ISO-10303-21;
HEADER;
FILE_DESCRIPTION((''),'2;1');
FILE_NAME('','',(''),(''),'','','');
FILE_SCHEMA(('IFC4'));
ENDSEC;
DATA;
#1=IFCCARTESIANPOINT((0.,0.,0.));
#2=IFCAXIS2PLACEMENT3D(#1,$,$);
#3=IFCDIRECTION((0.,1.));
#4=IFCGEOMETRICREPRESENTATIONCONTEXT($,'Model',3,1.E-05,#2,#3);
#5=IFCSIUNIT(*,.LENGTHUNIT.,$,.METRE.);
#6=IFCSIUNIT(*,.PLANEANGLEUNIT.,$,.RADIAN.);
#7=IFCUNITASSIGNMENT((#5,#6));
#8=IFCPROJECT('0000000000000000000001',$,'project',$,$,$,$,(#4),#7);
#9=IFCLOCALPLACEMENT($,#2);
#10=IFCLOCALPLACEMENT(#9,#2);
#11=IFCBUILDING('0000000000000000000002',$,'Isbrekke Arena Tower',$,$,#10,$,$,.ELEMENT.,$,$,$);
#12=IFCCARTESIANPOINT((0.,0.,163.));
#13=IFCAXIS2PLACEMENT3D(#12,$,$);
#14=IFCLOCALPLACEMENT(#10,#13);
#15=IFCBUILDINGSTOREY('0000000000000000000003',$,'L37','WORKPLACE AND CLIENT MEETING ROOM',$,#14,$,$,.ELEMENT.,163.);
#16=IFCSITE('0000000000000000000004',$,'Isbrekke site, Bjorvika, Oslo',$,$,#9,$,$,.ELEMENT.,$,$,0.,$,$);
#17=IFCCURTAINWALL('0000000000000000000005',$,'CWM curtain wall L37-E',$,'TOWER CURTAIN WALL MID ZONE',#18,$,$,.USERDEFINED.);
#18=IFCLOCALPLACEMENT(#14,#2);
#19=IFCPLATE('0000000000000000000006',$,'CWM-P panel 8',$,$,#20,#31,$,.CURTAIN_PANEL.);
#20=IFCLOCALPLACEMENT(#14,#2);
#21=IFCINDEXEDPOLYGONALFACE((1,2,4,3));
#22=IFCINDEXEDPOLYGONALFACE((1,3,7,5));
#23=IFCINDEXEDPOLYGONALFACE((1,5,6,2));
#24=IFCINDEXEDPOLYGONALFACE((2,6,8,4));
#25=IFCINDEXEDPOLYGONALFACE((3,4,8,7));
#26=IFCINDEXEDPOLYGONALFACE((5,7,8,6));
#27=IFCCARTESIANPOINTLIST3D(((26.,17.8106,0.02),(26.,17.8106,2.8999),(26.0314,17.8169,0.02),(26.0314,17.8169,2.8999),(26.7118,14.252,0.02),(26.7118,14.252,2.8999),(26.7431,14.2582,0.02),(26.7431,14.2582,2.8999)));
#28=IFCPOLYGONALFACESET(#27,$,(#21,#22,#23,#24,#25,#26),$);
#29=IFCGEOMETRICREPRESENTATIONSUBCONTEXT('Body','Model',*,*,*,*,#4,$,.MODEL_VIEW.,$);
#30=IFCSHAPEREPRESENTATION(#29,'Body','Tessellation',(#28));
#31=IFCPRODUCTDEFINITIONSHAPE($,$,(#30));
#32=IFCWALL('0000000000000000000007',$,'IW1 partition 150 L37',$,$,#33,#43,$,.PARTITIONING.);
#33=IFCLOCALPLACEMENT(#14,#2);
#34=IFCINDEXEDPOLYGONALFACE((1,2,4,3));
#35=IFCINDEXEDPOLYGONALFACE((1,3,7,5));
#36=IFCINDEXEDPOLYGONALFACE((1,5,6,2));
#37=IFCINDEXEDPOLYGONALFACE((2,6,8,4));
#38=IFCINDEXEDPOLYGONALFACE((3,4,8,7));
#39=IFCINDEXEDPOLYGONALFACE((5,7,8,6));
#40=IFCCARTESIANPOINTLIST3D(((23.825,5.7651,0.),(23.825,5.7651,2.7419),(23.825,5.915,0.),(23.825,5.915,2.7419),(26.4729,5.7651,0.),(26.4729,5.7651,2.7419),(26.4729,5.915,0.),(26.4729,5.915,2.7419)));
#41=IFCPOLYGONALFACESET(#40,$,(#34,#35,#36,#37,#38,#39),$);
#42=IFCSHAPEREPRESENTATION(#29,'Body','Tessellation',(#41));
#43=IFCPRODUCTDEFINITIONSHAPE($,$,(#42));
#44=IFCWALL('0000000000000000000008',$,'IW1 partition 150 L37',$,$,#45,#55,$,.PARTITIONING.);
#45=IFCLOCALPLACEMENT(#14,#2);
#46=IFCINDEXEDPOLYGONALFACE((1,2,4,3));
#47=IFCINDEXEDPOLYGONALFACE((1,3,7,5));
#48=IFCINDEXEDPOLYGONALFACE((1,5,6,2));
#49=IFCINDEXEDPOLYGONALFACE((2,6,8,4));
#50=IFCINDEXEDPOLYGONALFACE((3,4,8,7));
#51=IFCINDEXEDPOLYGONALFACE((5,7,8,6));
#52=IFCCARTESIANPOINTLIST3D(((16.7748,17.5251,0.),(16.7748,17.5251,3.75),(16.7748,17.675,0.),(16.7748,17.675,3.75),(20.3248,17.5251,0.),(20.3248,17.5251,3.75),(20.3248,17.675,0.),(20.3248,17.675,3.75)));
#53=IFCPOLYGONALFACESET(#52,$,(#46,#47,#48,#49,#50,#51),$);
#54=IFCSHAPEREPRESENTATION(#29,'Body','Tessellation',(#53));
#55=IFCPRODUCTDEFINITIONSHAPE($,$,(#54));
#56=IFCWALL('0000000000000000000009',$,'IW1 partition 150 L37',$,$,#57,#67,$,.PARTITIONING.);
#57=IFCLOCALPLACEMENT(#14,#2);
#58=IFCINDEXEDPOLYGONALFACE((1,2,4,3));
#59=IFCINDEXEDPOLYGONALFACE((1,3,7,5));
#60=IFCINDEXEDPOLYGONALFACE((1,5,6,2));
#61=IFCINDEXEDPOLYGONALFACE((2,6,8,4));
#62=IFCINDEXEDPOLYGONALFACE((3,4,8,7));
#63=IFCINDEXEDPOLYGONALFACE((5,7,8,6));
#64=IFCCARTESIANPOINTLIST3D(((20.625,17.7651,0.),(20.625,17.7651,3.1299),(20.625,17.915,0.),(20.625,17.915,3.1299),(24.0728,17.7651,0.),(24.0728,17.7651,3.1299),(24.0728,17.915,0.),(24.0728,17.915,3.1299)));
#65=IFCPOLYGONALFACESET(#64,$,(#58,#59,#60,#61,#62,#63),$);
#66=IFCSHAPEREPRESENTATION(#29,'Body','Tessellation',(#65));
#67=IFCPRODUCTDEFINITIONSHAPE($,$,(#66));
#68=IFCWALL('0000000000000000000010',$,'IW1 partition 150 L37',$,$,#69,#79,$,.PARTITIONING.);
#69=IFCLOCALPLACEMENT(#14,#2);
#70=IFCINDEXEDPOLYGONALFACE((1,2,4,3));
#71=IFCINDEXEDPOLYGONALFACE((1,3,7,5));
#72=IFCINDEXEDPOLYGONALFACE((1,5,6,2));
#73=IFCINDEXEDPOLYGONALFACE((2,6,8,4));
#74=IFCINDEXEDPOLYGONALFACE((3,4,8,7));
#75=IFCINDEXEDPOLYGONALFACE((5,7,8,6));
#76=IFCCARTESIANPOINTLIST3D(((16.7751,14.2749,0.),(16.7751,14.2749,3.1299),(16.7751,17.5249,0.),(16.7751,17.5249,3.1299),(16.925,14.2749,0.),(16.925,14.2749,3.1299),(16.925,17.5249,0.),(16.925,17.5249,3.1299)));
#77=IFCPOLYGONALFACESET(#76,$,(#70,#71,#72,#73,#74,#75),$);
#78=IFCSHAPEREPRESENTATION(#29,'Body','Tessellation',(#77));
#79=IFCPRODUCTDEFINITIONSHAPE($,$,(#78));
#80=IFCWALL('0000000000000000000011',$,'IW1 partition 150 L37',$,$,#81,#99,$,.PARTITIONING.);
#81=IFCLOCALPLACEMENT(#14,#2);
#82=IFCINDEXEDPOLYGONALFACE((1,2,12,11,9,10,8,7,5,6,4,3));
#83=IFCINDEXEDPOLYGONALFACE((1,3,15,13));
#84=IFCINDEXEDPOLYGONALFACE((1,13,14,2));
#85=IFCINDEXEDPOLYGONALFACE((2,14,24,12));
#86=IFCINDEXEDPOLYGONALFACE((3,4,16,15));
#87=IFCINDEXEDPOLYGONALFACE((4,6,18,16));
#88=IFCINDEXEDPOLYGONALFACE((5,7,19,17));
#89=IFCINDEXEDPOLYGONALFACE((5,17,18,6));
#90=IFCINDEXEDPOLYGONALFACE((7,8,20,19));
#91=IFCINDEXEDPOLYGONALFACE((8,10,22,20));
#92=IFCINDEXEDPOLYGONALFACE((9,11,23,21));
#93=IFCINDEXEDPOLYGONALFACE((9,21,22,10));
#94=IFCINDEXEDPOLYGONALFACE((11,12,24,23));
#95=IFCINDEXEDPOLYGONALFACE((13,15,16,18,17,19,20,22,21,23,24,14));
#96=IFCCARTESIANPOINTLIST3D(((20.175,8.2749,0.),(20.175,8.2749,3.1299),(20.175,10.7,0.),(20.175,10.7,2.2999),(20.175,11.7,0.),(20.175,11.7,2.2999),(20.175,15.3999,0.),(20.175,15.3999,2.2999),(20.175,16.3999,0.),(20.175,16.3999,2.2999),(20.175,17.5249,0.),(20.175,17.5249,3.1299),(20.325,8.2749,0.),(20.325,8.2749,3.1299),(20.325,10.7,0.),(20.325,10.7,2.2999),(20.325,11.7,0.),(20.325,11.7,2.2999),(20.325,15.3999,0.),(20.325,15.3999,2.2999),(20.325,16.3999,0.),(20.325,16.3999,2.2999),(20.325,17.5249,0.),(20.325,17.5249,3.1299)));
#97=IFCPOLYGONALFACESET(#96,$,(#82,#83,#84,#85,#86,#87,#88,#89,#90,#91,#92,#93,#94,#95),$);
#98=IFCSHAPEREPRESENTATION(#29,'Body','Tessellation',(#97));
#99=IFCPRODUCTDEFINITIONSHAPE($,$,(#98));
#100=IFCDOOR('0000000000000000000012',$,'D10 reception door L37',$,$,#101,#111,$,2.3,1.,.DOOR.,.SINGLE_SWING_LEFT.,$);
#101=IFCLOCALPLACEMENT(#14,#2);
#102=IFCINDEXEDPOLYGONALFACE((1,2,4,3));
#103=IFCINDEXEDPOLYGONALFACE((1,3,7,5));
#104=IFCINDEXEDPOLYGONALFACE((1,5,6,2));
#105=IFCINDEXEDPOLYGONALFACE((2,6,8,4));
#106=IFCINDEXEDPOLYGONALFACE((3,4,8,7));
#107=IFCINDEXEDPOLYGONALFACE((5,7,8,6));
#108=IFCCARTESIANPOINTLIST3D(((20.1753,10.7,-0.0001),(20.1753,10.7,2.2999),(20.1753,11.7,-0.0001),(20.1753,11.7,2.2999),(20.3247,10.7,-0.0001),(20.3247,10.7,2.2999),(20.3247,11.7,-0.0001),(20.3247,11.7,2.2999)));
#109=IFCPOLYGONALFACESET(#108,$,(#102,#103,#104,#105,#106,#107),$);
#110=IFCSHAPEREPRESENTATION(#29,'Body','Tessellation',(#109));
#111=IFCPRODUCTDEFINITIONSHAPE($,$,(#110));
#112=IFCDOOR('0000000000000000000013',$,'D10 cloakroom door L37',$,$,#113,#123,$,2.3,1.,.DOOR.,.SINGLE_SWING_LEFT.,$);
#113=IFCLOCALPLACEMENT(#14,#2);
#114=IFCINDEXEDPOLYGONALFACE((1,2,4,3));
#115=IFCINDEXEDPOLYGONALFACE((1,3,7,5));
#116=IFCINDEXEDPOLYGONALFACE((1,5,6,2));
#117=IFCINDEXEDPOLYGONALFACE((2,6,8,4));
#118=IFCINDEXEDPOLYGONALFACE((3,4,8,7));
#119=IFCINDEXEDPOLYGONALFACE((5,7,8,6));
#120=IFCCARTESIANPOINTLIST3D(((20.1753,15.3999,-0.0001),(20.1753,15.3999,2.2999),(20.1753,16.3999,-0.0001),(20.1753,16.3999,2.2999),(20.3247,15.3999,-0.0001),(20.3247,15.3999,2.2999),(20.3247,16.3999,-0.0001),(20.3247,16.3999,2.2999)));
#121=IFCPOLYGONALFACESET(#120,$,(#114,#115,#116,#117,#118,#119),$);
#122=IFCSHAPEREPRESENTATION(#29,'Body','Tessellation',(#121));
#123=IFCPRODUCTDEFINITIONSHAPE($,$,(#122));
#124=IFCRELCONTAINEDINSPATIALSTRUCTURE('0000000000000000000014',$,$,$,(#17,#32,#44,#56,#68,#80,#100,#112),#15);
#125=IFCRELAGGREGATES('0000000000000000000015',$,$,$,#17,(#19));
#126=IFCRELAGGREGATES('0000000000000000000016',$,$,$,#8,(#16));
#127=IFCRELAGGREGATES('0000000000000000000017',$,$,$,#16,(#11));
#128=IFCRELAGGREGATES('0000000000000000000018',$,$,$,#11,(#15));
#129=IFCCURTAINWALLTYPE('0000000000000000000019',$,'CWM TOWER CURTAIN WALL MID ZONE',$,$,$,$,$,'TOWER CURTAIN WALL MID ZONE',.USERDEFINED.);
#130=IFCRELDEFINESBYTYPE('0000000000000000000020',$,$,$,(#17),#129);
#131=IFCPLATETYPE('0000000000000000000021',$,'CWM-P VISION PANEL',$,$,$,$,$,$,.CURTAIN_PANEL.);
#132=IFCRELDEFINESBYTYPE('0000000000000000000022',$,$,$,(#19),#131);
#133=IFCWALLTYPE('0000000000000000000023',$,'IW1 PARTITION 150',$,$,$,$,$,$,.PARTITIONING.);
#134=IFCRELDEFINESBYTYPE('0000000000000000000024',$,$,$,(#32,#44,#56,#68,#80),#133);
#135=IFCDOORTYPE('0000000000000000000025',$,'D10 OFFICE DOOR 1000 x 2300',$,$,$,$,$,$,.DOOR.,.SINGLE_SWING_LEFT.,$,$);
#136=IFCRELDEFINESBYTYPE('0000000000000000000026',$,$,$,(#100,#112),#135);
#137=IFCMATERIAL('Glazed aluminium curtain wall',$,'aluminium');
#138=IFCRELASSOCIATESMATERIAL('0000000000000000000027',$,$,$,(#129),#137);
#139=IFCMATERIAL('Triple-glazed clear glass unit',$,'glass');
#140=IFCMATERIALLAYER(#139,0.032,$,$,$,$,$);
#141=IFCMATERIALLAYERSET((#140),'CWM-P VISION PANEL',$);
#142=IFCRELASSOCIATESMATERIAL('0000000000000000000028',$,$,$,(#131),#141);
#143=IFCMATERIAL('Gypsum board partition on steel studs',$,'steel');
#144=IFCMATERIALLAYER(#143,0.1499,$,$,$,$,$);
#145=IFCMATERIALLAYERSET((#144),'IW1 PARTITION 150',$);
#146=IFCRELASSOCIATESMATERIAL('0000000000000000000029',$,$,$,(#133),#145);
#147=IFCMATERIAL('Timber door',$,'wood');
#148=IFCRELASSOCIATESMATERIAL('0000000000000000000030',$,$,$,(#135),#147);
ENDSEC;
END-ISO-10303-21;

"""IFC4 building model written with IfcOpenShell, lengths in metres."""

from ifc_helpers import new_model, si_unit, direction, frame, frame_2d, origin, origin_2d, place, context, subcontext, project, spatial, rectangle, extrude, material, layer, layer_set, type_object, element, fill, aggregate, save


model = new_model("IFC4")

# Units and contexts
model_context = context("Model", 3, precision=1e-05, world=origin(), true_north=direction((0.0, 1.0)))
body_context = subcontext(model_context, "Body", "Model", "MODEL_VIEW")
ifc_project = project(units=[si_unit("LENGTHUNIT", "METRE"), si_unit("PLANEANGLEUNIT", "RADIAN")], contexts=[model_context])

# Site, building, storey
site_placement = place(None, origin())
site = spatial("IfcSite", under=ifc_project, at=site_placement, Name="Isbrekke site, Bjorvika, Oslo", CompositionType="ELEMENT", RefElevation=0.0)
building_placement = place(site_placement, origin())
building = spatial("IfcBuilding", under=site, at=building_placement, Name="Isbrekke Arena Tower", CompositionType="ELEMENT")
storey_placement = place(building_placement, frame((0.0, 0.0, 163.0)))
storey = spatial("IfcBuildingStorey", under=building, at=storey_placement, Name="L37", Description="WORKPLACE AND CLIENT MEETING ROOM", CompositionType="ELEMENT", Elevation=163.0)

# Curtain wall
ifc_material_1 = material(Name="Glazed aluminium curtain wall", Category="aluminium")
curtain_wall_type = type_object("IfcCurtainWallType", Name="CWM TOWER CURTAIN WALL MID ZONE", ElementType="TOWER CURTAIN WALL MID ZONE", PredefinedType="USERDEFINED", material=ifc_material_1)
curtain_wall_placement = place(storey_placement, origin())
curtain_wall = element("IfcCurtainWall", 1, at=curtain_wall_placement, inside=storey, type_object=curtain_wall_type, Name="CWM curtain wall L37-E", ObjectType="TOWER CURTAIN WALL MID ZONE", PredefinedType="USERDEFINED")

# Plate
ifc_material_2 = material(Name="Triple-glazed clear glass unit", Category="glass")
ifc_layer_1 = layer(ifc_material_2, 0.032)
ifc_layer_set_1 = layer_set([ifc_layer_1], Name="CWM-P VISION PANEL")
plate_type = type_object("IfcPlateType", Name="CWM-P VISION PANEL", PredefinedType="CURTAIN_PANEL", material=ifc_layer_set_1)
plate_1_placement = place(storey_placement, frame((26.3716, 16.0344, 0.02), z_axis=(0.0, 0.0, 1.0), x_axis=(-0.196116, 0.980581, 0.0)))
plate_1 = element("IfcPlate", 2, at=plate_1_placement, type_object=plate_type, Name="CWM-P panel 8", PredefinedType="CURTAIN_PANEL", context=body_context, shape_type="SweptSolid", body=[
    extrude(rectangle(XDim=3.6292, YDim=0.032, at=origin_2d()), origin(), (0.0, 0.0, 1.0), 2.8799),
])
aggregate(curtain_wall, [plate_1])

# Walls
ifc_material_3 = material(Name="Gypsum board partition on steel studs", Category="steel")
ifc_layer_2 = layer(ifc_material_3, 0.1499)
ifc_layer_set_2 = layer_set([ifc_layer_2], Name="IW1 PARTITION 150")
wall_type = type_object("IfcWallType", Name="IW1 PARTITION 150", PredefinedType="PARTITIONING", material=ifc_layer_set_2)
wall_1_placement = place(storey_placement, frame((23.825, 5.8401, 0.0), z_axis=(0.0, 0.0, 1.0), x_axis=(1.0, 0.0, 0.0)))
element("IfcWall", 3, at=wall_1_placement, inside=storey, type_object=wall_type, Name="IW1 partition 150 L37", PredefinedType="PARTITIONING", context=body_context, shape_type="SweptSolid", body=[
    extrude(rectangle(XDim=2.6479, YDim=0.1499, at=frame_2d((1.324, 0.0))), origin(), (0.0, 0.0, 1.0), 2.7419),
])
wall_2_placement = place(storey_placement, frame((16.7749, 17.6001, 0.0), z_axis=(0.0, 0.0, 1.0), x_axis=(1.0, 0.0, 0.0)))
element("IfcWall", 4, at=wall_2_placement, inside=storey, type_object=wall_type, Name="IW1 partition 150 L37", PredefinedType="PARTITIONING", context=body_context, shape_type="SweptSolid", body=[
    extrude(rectangle(XDim=3.55, YDim=0.1499, at=frame_2d((1.7749, 0.0))), origin(), (0.0, 0.0, 1.0), 3.75),
])
wall_3_placement = place(storey_placement, frame((20.625, 17.8401, 0.0), z_axis=(0.0, 0.0, 1.0), x_axis=(1.0, 0.0, 0.0)))
element("IfcWall", 5, at=wall_3_placement, inside=storey, type_object=wall_type, Name="IW1 partition 150 L37", PredefinedType="PARTITIONING", context=body_context, shape_type="SweptSolid", body=[
    extrude(rectangle(XDim=3.4478, YDim=0.1499, at=frame_2d((1.7239, 0.0))), origin(), (0.0, 0.0, 1.0), 3.1299),
])
wall_4_placement = place(storey_placement, frame((16.8501, 14.2749, 0.0), z_axis=(0.0, 0.0, 1.0), x_axis=(0.0, 1.0, 0.0)))
element("IfcWall", 6, at=wall_4_placement, inside=storey, type_object=wall_type, Name="IW1 partition 150 L37", PredefinedType="PARTITIONING", context=body_context, shape_type="SweptSolid", body=[
    extrude(rectangle(XDim=3.25, YDim=0.1499, at=frame_2d((1.625, 0.0))), origin(), (0.0, 0.0, 1.0), 3.1299),
])

# Wall, openings, doors
wall_5_placement = place(storey_placement, frame((20.25, 8.2749, 0.0), z_axis=(0.0, 0.0, 1.0), x_axis=(0.0, 1.0, 0.0)))
wall_5 = element("IfcWall", 7, at=wall_5_placement, inside=storey, type_object=wall_type, Name="IW1 partition 150 L37", PredefinedType="PARTITIONING", context=body_context, shape_type="SweptSolid", body=[
    extrude(rectangle(XDim=9.25, YDim=0.1499, at=frame_2d((4.625, 0.0))), origin(), (0.0, 0.0, 1.0), 3.1299),
])
opening_1_placement = place(wall_5_placement, frame((2.425, 0.0, 0.0)))
opening_1 = element("IfcOpeningElement", 8, at=opening_1_placement, cuts=wall_5, PredefinedType="OPENING", context=body_context, shape_type="SweptSolid", body=[
    extrude(rectangle(XDim=1.0, YDim=2.3, at=frame_2d((0.5, 1.1499))), frame((0.0, 0.0898, 0.0), z_axis=(0.0, -1.0, 0.0), x_axis=(1.0, 0.0, 0.0)), (0.0, 0.0, 1.0), 0.1797),
])
opening_2_placement = place(wall_5_placement, frame((7.125, 0.0, 0.0)))
opening_2 = element("IfcOpeningElement", 9, at=opening_2_placement, cuts=wall_5, PredefinedType="OPENING", context=body_context, shape_type="SweptSolid", body=[
    extrude(rectangle(XDim=1.0, YDim=2.3, at=frame_2d((0.5, 1.1499))), frame((0.0, 0.0898, 0.0), z_axis=(0.0, -1.0, 0.0), x_axis=(1.0, 0.0, 0.0)), (0.0, 0.0, 1.0), 0.1797),
])
ifc_material_4 = material(Name="Timber door", Category="wood")
door_type = type_object("IfcDoorType", Name="D10 OFFICE DOOR 1000 x 2300", OperationType="SINGLE_SWING_LEFT", PredefinedType="DOOR", material=ifc_material_4)
door_1_placement = place(opening_1_placement, origin())
door_1 = element("IfcDoor", 10, at=door_1_placement, inside=storey, type_object=door_type, Name="D10 reception door L37", OperationType="SINGLE_SWING_LEFT", OverallHeight=2.3, OverallWidth=1.0, PredefinedType="DOOR", context=body_context, shape_type="SweptSolid", body=[
    extrude(rectangle(XDim=1.0, YDim=2.3, at=frame_2d((0.5, 1.1499))), frame((0.0, 0.0747, 0.0), z_axis=(0.0, -1.0, 0.0), x_axis=(1.0, 0.0, 0.0)), (0.0, 0.0, 1.0), 0.1494),
])
fill(opening_1, door_1)
door_2_placement = place(opening_2_placement, origin())
door_2 = element("IfcDoor", 11, at=door_2_placement, inside=storey, type_object=door_type, Name="D10 cloakroom door L37", OperationType="SINGLE_SWING_LEFT", OverallHeight=2.3, OverallWidth=1.0, PredefinedType="DOOR", context=body_context, shape_type="SweptSolid", body=[
    extrude(rectangle(XDim=1.0, YDim=2.3, at=frame_2d((0.5, 1.1499))), frame((0.0, 0.0747, 0.0), z_axis=(0.0, -1.0, 0.0), x_axis=(1.0, 0.0, 0.0)), (0.0, 0.0, 1.0), 0.1494),
])
fill(opening_2, door_2)

save(model, "model.ifc")
